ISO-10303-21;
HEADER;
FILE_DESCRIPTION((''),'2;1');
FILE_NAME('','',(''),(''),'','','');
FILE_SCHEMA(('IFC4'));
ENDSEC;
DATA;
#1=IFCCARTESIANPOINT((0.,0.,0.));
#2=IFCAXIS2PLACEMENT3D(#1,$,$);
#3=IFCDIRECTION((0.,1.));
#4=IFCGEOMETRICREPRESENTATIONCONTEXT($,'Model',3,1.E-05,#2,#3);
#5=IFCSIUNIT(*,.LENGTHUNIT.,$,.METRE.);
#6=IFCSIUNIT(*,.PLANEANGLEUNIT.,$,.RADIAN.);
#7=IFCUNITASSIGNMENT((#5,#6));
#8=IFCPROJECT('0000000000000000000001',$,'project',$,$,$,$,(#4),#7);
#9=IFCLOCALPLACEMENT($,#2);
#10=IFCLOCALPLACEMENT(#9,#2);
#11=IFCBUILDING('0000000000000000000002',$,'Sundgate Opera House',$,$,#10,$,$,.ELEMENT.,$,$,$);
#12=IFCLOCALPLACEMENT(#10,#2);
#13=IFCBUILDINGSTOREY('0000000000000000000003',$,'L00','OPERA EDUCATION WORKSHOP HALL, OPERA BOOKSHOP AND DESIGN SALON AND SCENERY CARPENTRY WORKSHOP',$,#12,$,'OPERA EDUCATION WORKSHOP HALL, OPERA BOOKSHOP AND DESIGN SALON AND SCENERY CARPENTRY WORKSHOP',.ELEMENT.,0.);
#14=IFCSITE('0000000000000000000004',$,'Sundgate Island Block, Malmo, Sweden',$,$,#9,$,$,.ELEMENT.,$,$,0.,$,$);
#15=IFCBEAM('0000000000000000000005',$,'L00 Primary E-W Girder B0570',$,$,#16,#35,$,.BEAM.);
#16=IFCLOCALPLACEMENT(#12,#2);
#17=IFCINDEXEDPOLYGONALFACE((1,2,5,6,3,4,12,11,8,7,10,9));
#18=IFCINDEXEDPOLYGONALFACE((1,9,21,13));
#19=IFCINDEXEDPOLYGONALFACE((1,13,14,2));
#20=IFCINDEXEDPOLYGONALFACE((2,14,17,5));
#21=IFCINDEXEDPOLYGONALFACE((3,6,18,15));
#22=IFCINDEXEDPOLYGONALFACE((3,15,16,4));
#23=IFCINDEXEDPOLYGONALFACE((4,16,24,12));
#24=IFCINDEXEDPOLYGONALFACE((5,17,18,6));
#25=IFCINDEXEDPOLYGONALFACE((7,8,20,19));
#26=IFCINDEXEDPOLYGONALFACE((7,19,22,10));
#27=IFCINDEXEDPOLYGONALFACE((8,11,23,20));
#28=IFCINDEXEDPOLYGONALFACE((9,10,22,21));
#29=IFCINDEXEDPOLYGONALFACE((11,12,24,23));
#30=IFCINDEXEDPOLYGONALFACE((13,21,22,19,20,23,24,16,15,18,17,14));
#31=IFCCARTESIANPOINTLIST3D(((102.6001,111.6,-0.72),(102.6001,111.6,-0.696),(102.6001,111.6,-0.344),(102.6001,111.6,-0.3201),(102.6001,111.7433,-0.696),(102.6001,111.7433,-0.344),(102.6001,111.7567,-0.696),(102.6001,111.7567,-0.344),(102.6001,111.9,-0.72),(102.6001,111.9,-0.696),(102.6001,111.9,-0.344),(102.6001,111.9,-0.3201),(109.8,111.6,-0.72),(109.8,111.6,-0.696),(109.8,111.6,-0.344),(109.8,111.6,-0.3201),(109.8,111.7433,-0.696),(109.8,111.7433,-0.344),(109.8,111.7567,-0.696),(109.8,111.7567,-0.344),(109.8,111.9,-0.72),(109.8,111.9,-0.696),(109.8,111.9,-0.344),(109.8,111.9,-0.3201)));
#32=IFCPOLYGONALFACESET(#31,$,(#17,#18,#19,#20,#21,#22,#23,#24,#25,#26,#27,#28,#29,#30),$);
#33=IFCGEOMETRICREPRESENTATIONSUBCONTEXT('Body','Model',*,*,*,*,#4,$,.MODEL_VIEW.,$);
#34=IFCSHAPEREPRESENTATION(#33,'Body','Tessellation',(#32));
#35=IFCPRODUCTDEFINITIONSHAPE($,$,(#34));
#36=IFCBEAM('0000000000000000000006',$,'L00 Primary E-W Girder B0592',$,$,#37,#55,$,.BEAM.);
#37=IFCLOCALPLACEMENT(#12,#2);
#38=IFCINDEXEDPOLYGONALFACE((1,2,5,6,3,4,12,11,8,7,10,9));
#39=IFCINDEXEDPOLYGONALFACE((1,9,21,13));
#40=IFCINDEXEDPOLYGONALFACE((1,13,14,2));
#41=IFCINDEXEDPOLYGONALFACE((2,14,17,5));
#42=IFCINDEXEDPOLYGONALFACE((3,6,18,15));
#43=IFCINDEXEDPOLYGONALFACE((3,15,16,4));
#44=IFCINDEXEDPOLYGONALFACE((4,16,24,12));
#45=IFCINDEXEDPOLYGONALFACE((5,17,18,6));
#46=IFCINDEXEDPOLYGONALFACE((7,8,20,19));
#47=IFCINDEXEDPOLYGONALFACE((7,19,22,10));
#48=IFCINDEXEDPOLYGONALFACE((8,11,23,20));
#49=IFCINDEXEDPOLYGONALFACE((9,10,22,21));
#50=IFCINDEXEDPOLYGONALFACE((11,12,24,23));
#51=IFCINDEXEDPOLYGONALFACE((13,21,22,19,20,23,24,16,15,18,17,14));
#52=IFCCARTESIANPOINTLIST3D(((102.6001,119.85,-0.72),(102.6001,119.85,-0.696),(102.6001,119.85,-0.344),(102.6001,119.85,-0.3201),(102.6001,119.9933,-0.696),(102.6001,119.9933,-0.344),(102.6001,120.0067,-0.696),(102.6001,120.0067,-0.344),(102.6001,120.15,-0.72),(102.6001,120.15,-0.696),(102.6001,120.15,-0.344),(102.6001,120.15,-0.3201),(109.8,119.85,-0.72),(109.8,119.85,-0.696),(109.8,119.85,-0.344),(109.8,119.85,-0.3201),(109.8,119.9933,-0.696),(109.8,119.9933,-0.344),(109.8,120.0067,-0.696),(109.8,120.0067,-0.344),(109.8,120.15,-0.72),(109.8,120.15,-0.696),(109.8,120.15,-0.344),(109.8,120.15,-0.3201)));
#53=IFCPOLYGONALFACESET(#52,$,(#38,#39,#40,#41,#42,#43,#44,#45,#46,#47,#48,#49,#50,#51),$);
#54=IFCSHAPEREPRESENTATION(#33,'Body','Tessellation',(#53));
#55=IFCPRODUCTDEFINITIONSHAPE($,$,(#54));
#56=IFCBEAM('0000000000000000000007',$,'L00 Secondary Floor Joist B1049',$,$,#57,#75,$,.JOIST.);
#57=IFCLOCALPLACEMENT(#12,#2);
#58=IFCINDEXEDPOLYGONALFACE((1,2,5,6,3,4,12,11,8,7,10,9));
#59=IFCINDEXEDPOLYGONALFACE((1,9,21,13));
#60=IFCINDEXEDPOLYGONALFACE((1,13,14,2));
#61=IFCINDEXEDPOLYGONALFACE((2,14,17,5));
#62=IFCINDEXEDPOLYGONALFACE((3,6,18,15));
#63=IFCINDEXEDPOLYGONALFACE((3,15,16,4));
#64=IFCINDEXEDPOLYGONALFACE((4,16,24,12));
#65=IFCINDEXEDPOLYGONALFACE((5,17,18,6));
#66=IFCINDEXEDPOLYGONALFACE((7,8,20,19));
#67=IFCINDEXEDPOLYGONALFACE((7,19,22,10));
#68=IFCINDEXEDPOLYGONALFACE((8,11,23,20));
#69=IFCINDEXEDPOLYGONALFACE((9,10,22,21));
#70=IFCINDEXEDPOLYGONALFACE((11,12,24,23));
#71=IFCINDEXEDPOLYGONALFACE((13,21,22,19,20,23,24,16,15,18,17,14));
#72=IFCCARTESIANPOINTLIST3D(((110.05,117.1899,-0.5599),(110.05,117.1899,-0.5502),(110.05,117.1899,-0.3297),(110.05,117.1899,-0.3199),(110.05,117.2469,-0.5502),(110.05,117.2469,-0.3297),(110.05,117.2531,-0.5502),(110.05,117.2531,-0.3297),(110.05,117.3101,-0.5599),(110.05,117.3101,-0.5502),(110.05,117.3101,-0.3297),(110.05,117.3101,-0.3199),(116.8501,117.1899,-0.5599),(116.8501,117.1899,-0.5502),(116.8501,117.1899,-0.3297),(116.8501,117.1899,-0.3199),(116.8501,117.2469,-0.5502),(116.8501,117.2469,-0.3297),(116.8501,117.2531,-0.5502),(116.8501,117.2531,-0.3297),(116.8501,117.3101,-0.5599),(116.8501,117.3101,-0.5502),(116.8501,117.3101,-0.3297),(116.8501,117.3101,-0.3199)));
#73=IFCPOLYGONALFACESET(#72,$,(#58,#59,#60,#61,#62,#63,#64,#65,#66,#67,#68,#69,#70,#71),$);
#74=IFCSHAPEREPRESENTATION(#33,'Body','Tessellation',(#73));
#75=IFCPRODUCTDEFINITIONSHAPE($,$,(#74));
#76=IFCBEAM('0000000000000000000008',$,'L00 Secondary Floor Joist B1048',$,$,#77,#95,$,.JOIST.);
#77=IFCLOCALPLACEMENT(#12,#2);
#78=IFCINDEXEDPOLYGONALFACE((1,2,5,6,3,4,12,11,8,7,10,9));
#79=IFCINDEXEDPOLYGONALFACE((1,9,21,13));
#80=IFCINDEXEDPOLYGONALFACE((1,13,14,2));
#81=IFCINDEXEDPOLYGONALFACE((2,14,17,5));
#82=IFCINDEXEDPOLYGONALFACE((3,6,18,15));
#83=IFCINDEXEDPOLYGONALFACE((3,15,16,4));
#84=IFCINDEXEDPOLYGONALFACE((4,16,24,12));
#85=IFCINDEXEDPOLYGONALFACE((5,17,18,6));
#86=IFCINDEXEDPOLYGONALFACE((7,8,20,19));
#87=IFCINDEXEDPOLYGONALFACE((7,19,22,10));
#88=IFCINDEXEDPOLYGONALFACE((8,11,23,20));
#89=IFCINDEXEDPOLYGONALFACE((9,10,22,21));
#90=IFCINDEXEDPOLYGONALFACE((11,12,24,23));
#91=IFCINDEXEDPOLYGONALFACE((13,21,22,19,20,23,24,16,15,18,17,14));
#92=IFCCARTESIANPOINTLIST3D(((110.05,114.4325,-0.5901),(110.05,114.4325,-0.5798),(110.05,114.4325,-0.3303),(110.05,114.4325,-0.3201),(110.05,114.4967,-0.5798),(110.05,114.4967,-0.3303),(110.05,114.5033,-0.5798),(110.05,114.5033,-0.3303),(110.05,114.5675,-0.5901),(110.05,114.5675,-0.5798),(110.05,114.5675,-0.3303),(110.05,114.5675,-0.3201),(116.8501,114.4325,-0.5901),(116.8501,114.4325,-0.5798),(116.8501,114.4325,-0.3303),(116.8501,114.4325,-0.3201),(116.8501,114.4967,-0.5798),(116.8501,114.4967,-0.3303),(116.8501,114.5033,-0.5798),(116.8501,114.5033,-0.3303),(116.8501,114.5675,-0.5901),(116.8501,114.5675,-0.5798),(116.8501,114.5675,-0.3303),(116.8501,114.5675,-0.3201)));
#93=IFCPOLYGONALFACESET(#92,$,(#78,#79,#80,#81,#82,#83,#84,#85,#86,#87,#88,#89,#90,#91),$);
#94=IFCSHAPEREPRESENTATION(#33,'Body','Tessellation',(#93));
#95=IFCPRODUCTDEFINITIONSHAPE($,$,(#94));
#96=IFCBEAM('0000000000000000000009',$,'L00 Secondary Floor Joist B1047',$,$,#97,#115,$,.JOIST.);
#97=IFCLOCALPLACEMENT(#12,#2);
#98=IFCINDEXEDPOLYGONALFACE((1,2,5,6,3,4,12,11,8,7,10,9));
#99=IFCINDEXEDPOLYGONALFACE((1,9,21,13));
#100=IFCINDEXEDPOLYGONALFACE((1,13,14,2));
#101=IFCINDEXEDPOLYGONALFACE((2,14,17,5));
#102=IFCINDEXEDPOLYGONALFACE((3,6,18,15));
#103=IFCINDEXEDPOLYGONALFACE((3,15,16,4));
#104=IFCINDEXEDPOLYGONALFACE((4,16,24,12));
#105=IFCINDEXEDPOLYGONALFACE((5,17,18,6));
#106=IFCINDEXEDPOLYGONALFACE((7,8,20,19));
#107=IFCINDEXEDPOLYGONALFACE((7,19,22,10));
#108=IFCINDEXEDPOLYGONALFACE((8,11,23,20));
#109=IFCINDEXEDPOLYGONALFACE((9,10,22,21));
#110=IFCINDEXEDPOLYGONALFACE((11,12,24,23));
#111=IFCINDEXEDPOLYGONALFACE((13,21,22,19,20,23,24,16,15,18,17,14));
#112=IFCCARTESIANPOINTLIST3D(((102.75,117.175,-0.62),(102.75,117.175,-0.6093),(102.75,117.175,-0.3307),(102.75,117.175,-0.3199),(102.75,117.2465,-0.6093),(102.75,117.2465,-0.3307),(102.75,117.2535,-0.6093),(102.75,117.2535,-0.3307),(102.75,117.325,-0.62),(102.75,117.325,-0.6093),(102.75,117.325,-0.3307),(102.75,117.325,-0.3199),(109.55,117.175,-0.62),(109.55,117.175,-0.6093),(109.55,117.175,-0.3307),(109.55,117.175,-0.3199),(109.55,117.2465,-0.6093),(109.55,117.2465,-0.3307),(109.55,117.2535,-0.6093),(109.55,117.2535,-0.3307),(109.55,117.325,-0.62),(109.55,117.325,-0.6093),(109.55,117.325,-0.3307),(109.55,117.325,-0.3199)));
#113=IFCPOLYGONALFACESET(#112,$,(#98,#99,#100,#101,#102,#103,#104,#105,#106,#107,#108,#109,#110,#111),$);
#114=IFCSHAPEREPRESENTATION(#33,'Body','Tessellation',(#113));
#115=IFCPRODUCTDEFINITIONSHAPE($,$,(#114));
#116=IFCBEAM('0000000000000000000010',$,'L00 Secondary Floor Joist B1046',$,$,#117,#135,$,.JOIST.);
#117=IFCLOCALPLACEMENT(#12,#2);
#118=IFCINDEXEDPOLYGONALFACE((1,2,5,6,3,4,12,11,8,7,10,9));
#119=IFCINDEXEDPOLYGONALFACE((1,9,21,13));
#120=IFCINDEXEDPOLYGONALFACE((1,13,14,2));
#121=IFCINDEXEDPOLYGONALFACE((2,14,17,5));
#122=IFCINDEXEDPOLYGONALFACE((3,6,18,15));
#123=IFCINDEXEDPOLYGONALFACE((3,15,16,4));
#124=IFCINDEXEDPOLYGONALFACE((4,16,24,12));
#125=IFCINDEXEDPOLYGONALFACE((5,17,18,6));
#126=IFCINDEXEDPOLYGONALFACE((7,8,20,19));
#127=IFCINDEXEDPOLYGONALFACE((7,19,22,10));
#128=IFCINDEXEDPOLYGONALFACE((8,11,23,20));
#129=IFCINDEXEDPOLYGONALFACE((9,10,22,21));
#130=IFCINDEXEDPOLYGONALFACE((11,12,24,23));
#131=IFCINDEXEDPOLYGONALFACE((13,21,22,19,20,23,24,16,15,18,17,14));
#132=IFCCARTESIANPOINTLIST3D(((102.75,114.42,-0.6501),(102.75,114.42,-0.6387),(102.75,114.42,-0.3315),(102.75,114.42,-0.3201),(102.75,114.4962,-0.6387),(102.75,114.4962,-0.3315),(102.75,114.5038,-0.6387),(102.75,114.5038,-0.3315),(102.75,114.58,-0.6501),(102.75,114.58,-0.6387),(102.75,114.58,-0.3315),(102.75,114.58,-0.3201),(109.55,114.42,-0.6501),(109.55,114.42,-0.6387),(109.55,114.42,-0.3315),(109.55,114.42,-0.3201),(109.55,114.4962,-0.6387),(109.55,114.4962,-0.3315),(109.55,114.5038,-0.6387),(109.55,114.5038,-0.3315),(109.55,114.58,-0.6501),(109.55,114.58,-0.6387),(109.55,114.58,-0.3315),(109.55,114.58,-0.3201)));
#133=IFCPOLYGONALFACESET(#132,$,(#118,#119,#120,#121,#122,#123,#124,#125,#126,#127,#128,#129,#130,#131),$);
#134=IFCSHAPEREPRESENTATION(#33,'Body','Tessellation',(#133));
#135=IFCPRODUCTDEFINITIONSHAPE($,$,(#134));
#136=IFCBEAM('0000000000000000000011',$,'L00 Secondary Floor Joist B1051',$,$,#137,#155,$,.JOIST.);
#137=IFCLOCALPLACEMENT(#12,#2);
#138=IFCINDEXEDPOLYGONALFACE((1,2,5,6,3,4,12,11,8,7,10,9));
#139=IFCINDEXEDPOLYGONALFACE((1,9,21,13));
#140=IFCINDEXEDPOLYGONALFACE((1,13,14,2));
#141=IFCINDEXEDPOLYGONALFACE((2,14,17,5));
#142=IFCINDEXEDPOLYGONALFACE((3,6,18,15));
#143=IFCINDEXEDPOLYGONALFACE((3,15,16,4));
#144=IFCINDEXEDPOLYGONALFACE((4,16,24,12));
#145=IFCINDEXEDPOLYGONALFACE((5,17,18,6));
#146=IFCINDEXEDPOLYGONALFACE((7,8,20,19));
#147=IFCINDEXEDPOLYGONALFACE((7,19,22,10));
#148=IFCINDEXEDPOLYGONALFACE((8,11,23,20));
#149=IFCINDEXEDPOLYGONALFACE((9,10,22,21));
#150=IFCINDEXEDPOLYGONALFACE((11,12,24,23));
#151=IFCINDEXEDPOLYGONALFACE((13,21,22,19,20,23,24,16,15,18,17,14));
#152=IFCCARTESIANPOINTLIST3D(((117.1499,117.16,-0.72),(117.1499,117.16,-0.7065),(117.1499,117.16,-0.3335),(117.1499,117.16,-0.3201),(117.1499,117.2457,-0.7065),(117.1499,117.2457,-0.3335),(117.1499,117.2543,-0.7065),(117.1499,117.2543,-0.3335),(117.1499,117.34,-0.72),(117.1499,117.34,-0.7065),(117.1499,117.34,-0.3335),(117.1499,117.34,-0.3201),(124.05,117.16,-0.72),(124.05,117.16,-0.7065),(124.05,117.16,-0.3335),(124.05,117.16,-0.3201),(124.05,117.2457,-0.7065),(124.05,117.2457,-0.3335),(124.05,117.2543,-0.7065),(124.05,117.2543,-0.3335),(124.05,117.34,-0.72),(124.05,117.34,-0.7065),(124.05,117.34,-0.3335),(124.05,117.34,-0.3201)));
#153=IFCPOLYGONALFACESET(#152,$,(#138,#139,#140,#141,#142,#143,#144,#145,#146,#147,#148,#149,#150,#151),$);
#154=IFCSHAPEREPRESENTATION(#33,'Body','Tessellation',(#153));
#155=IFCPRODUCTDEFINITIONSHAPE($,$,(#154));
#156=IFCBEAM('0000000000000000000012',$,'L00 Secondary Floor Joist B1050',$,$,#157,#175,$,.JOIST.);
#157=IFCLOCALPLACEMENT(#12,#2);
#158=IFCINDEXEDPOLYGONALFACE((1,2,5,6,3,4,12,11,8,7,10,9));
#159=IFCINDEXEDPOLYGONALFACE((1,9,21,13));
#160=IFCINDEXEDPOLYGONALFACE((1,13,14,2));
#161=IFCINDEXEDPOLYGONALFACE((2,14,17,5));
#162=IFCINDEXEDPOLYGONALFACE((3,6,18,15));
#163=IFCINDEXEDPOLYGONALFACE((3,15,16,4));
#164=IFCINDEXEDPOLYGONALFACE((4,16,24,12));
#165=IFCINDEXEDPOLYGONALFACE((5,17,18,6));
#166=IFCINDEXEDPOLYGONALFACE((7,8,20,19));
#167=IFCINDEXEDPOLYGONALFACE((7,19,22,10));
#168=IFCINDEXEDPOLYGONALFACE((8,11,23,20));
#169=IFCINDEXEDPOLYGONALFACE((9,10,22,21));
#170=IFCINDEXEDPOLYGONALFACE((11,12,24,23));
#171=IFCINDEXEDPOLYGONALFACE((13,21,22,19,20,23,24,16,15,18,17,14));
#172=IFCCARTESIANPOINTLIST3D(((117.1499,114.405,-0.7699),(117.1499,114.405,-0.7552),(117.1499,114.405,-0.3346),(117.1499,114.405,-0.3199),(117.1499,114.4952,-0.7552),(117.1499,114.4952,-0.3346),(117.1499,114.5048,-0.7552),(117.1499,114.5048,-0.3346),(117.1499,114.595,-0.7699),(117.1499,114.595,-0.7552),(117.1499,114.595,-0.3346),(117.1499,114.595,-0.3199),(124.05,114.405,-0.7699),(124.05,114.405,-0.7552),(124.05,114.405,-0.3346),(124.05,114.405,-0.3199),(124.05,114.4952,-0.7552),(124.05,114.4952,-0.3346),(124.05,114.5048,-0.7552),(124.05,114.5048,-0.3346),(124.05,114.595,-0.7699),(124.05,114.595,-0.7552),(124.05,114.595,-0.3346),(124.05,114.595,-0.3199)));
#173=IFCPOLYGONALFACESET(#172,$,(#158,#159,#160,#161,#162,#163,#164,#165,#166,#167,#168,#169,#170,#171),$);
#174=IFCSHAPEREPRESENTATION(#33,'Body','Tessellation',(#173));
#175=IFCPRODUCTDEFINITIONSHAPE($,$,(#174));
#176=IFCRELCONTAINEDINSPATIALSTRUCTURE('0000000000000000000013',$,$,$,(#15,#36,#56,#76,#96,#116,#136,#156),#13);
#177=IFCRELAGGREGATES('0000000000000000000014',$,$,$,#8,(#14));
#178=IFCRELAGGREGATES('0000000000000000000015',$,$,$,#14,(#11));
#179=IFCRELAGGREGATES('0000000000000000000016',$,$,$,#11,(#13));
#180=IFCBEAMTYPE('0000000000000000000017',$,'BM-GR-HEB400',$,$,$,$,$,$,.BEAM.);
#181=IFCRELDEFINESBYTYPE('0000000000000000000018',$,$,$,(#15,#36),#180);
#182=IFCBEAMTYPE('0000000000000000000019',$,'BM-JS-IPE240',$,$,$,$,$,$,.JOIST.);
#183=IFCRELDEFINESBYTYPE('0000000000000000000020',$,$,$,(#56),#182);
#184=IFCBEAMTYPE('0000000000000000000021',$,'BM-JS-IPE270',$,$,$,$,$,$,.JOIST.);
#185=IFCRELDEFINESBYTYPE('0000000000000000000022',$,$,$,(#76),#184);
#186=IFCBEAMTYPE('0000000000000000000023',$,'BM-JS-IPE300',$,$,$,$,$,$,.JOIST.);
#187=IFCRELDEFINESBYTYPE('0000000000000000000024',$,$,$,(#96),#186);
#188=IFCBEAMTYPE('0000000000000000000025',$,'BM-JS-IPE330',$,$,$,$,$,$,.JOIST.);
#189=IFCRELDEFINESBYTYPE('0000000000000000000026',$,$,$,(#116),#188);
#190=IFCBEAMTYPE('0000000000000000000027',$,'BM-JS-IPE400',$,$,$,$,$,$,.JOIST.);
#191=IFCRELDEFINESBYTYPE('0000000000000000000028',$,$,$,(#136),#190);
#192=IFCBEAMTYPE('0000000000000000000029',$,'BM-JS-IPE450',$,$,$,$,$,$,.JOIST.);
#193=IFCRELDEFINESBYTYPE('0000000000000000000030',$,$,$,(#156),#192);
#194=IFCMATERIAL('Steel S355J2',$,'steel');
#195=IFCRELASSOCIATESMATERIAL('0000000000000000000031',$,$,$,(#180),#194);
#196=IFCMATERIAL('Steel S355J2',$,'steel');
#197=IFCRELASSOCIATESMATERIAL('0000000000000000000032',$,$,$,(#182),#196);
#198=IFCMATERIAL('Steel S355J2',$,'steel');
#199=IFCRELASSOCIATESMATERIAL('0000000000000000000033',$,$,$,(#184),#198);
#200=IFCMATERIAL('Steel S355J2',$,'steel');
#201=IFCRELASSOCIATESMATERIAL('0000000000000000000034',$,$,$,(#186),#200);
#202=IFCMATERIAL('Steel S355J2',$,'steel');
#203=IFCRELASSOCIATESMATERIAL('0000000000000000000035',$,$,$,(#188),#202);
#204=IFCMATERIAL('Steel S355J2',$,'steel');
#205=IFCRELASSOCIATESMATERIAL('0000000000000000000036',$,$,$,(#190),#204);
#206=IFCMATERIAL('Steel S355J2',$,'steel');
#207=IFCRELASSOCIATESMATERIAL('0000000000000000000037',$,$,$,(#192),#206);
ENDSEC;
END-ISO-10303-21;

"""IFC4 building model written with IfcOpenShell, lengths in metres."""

from ifc_helpers import new_model, si_unit, direction, frame, origin, origin_2d, place, context, subcontext, project, spatial, i_section, extrude, material, material_profile, profile_set, type_object, element, save


model = new_model("IFC4")

# Units and contexts
model_context = context("Model", 3, precision=1e-05, world=origin(), true_north=direction((0.0, 1.0)))
body_context = subcontext(model_context, "Body", "Model", "MODEL_VIEW")
ifc_project = project(units=[si_unit("LENGTHUNIT", "METRE"), si_unit("PLANEANGLEUNIT", "RADIAN")], contexts=[model_context])

# Site, building, storey
site_placement = place(None, origin())
site = spatial("IfcSite", under=ifc_project, at=site_placement, Name="Sundgate Island Block, Malmo, Sweden", CompositionType="ELEMENT", RefElevation=0.0)
building_placement = place(site_placement, origin())
building = spatial("IfcBuilding", under=site, at=building_placement, Name="Sundgate Opera House", CompositionType="ELEMENT")
storey_placement = place(building_placement, origin())
storey = spatial("IfcBuildingStorey", under=building, at=storey_placement, Name="L00", Description="OPERA EDUCATION WORKSHOP HALL, OPERA BOOKSHOP AND DESIGN SALON AND SCENERY CARPENTRY WORKSHOP", LongName="OPERA EDUCATION WORKSHOP HALL, OPERA BOOKSHOP AND DESIGN SALON AND SCENERY CARPENTRY WORKSHOP", CompositionType="ELEMENT", Elevation=0.0)

# Beams
ifc_material_1 = material(Name="Steel S355J2", Category="steel")
ifc_material_profile_1 = material_profile(ifc_material_1, i_section(OverallWidth=0.3, OverallDepth=0.3999, WebThickness=0.0134, FlangeThickness=0.0239, at=origin_2d()), Name="HEB 400")
ifc_profile_set_1 = profile_set([ifc_material_profile_1], Name="Steel S355J2")
beam_type_1 = type_object("IfcBeamType", Name="BM-GR-HEB400", PredefinedType="BEAM", material=ifc_profile_set_1)
for number, where, z_axis, x_axis, name in (
    (1, (102.6001, 111.75, -0.52), (1.0, 0.0, 0.0), (0.0, 1.0, 0.0), "L00 Primary E-W Girder B0570"),
    (2, (102.6001, 120.0, -0.52), (1.0, 0.0, 0.0), (0.0, 1.0, 0.0), "L00 Primary E-W Girder B0592"),
):
    element("IfcBeam", number, at=place(storey_placement, frame(where, z_axis=z_axis, x_axis=x_axis)), inside=storey, type_object=beam_type_1, Name=name, PredefinedType="BEAM", context=body_context, shape_type="SweptSolid", body=[
        extrude(i_section(OverallWidth=0.3, OverallDepth=0.3999, WebThickness=0.0134, FlangeThickness=0.0239, at=origin_2d()), origin(), (0.0, 0.0, 1.0), 7.2),
    ])
ifc_material_2 = material(Name="Steel S355J2", Category="steel")
ifc_material_profile_2 = material_profile(ifc_material_2, i_section(OverallWidth=0.1201, OverallDepth=0.24, WebThickness=0.0061, FlangeThickness=0.0098, at=origin_2d()), Name="IPE 240")
ifc_profile_set_2 = profile_set([ifc_material_profile_2], Name="Steel S355J2")
beam_type_2 = type_object("IfcBeamType", Name="BM-JS-IPE240", PredefinedType="JOIST", material=ifc_profile_set_2)
beam_1_placement = place(storey_placement, frame((110.05, 117.25, -0.4399), z_axis=(1.0, 0.0, 0.0), x_axis=(0.0, 1.0, 0.0)))
element("IfcBeam", 3, at=beam_1_placement, inside=storey, type_object=beam_type_2, Name="L00 Secondary Floor Joist B1049", PredefinedType="JOIST", context=body_context, shape_type="SweptSolid", body=[
    extrude(i_section(OverallWidth=0.1201, OverallDepth=0.24, WebThickness=0.0061, FlangeThickness=0.0098, at=origin_2d()), origin(), (0.0, 0.0, 1.0), 6.8),
])
ifc_material_3 = material(Name="Steel S355J2", Category="steel")
ifc_material_profile_3 = material_profile(ifc_material_3, i_section(OverallWidth=0.135, OverallDepth=0.27, WebThickness=0.0066, FlangeThickness=0.0103, at=origin_2d()), Name="IPE 270")
ifc_profile_set_3 = profile_set([ifc_material_profile_3], Name="Steel S355J2")
beam_type_3 = type_object("IfcBeamType", Name="BM-JS-IPE270", PredefinedType="JOIST", material=ifc_profile_set_3)
beam_2_placement = place(storey_placement, frame((110.05, 114.5, -0.4551), z_axis=(1.0, 0.0, 0.0), x_axis=(0.0, 1.0, 0.0)))
element("IfcBeam", 4, at=beam_2_placement, inside=storey, type_object=beam_type_3, Name="L00 Secondary Floor Joist B1048", PredefinedType="JOIST", context=body_context, shape_type="SweptSolid", body=[
    extrude(i_section(OverallWidth=0.135, OverallDepth=0.27, WebThickness=0.0066, FlangeThickness=0.0103, at=origin_2d()), origin(), (0.0, 0.0, 1.0), 6.8),
])
ifc_material_4 = material(Name="Steel S355J2", Category="steel")
ifc_material_profile_4 = material_profile(ifc_material_4, i_section(OverallWidth=0.1499, OverallDepth=0.3, WebThickness=0.0071, FlangeThickness=0.0107, at=origin_2d()), Name="IPE 300")
ifc_profile_set_4 = profile_set([ifc_material_profile_4], Name="Steel S355J2")
beam_type_4 = type_object("IfcBeamType", Name="BM-JS-IPE300", PredefinedType="JOIST", material=ifc_profile_set_4)
beam_3_placement = place(storey_placement, frame((102.75, 117.25, -0.47), z_axis=(1.0, 0.0, 0.0), x_axis=(0.0, 1.0, 0.0)))
element("IfcBeam", 5, at=beam_3_placement, inside=storey, type_object=beam_type_4, Name="L00 Secondary Floor Joist B1047", PredefinedType="JOIST", context=body_context, shape_type="SweptSolid", body=[
    extrude(i_section(OverallWidth=0.1499, OverallDepth=0.3, WebThickness=0.0071, FlangeThickness=0.0107, at=origin_2d()), origin(), (0.0, 0.0, 1.0), 6.8),
])
ifc_material_5 = material(Name="Steel S355J2", Category="steel")
ifc_material_profile_5 = material_profile(ifc_material_5, i_section(OverallWidth=0.1599, OverallDepth=0.3301, WebThickness=0.0076, FlangeThickness=0.0115, at=origin_2d()), Name="IPE 330")
ifc_profile_set_5 = profile_set([ifc_material_profile_5], Name="Steel S355J2")
beam_type_5 = type_object("IfcBeamType", Name="BM-JS-IPE330", PredefinedType="JOIST", material=ifc_profile_set_5)
beam_4_placement = place(storey_placement, frame((102.75, 114.5, -0.4851), z_axis=(1.0, 0.0, 0.0), x_axis=(0.0, 1.0, 0.0)))
element("IfcBeam", 6, at=beam_4_placement, inside=storey, type_object=beam_type_5, Name="L00 Secondary Floor Joist B1046", PredefinedType="JOIST", context=body_context, shape_type="SweptSolid", body=[
    extrude(i_section(OverallWidth=0.1599, OverallDepth=0.3301, WebThickness=0.0076, FlangeThickness=0.0115, at=origin_2d()), origin(), (0.0, 0.0, 1.0), 6.8),
])
ifc_material_6 = material(Name="Steel S355J2", Category="steel")
ifc_material_profile_6 = material_profile(ifc_material_6, i_section(OverallWidth=0.1799, OverallDepth=0.3999, WebThickness=0.0085, FlangeThickness=0.0134, at=origin_2d()), Name="IPE 400")
ifc_profile_set_6 = profile_set([ifc_material_profile_6], Name="Steel S355J2")
beam_type_6 = type_object("IfcBeamType", Name="BM-JS-IPE400", PredefinedType="JOIST", material=ifc_profile_set_6)
beam_5_placement = place(storey_placement, frame((117.1499, 117.25, -0.52), z_axis=(1.0, 0.0, 0.0), x_axis=(0.0, 1.0, 0.0)))
element("IfcBeam", 7, at=beam_5_placement, inside=storey, type_object=beam_type_6, Name="L00 Secondary Floor Joist B1051", PredefinedType="JOIST", context=body_context, shape_type="SweptSolid", body=[
    extrude(i_section(OverallWidth=0.1799, OverallDepth=0.3999, WebThickness=0.0085, FlangeThickness=0.0134, at=origin_2d()), origin(), (0.0, 0.0, 1.0), 6.9001),
])
ifc_material_7 = material(Name="Steel S355J2", Category="steel")
ifc_material_profile_7 = material_profile(ifc_material_7, i_section(OverallWidth=0.1899, OverallDepth=0.45, WebThickness=0.0095, FlangeThickness=0.0146, at=origin_2d()), Name="IPE 450")
ifc_profile_set_7 = profile_set([ifc_material_profile_7], Name="Steel S355J2")
beam_type_7 = type_object("IfcBeamType", Name="BM-JS-IPE450", PredefinedType="JOIST", material=ifc_profile_set_7)
beam_6_placement = place(storey_placement, frame((117.1499, 114.5, -0.5449), z_axis=(1.0, 0.0, 0.0), x_axis=(0.0, 1.0, 0.0)))
element("IfcBeam", 8, at=beam_6_placement, inside=storey, type_object=beam_type_7, Name="L00 Secondary Floor Joist B1050", PredefinedType="JOIST", context=body_context, shape_type="SweptSolid", body=[
    extrude(i_section(OverallWidth=0.1899, OverallDepth=0.45, WebThickness=0.0095, FlangeThickness=0.0146, at=origin_2d()), origin(), (0.0, 0.0, 1.0), 6.9001),
])

save(model, "model.ifc")
